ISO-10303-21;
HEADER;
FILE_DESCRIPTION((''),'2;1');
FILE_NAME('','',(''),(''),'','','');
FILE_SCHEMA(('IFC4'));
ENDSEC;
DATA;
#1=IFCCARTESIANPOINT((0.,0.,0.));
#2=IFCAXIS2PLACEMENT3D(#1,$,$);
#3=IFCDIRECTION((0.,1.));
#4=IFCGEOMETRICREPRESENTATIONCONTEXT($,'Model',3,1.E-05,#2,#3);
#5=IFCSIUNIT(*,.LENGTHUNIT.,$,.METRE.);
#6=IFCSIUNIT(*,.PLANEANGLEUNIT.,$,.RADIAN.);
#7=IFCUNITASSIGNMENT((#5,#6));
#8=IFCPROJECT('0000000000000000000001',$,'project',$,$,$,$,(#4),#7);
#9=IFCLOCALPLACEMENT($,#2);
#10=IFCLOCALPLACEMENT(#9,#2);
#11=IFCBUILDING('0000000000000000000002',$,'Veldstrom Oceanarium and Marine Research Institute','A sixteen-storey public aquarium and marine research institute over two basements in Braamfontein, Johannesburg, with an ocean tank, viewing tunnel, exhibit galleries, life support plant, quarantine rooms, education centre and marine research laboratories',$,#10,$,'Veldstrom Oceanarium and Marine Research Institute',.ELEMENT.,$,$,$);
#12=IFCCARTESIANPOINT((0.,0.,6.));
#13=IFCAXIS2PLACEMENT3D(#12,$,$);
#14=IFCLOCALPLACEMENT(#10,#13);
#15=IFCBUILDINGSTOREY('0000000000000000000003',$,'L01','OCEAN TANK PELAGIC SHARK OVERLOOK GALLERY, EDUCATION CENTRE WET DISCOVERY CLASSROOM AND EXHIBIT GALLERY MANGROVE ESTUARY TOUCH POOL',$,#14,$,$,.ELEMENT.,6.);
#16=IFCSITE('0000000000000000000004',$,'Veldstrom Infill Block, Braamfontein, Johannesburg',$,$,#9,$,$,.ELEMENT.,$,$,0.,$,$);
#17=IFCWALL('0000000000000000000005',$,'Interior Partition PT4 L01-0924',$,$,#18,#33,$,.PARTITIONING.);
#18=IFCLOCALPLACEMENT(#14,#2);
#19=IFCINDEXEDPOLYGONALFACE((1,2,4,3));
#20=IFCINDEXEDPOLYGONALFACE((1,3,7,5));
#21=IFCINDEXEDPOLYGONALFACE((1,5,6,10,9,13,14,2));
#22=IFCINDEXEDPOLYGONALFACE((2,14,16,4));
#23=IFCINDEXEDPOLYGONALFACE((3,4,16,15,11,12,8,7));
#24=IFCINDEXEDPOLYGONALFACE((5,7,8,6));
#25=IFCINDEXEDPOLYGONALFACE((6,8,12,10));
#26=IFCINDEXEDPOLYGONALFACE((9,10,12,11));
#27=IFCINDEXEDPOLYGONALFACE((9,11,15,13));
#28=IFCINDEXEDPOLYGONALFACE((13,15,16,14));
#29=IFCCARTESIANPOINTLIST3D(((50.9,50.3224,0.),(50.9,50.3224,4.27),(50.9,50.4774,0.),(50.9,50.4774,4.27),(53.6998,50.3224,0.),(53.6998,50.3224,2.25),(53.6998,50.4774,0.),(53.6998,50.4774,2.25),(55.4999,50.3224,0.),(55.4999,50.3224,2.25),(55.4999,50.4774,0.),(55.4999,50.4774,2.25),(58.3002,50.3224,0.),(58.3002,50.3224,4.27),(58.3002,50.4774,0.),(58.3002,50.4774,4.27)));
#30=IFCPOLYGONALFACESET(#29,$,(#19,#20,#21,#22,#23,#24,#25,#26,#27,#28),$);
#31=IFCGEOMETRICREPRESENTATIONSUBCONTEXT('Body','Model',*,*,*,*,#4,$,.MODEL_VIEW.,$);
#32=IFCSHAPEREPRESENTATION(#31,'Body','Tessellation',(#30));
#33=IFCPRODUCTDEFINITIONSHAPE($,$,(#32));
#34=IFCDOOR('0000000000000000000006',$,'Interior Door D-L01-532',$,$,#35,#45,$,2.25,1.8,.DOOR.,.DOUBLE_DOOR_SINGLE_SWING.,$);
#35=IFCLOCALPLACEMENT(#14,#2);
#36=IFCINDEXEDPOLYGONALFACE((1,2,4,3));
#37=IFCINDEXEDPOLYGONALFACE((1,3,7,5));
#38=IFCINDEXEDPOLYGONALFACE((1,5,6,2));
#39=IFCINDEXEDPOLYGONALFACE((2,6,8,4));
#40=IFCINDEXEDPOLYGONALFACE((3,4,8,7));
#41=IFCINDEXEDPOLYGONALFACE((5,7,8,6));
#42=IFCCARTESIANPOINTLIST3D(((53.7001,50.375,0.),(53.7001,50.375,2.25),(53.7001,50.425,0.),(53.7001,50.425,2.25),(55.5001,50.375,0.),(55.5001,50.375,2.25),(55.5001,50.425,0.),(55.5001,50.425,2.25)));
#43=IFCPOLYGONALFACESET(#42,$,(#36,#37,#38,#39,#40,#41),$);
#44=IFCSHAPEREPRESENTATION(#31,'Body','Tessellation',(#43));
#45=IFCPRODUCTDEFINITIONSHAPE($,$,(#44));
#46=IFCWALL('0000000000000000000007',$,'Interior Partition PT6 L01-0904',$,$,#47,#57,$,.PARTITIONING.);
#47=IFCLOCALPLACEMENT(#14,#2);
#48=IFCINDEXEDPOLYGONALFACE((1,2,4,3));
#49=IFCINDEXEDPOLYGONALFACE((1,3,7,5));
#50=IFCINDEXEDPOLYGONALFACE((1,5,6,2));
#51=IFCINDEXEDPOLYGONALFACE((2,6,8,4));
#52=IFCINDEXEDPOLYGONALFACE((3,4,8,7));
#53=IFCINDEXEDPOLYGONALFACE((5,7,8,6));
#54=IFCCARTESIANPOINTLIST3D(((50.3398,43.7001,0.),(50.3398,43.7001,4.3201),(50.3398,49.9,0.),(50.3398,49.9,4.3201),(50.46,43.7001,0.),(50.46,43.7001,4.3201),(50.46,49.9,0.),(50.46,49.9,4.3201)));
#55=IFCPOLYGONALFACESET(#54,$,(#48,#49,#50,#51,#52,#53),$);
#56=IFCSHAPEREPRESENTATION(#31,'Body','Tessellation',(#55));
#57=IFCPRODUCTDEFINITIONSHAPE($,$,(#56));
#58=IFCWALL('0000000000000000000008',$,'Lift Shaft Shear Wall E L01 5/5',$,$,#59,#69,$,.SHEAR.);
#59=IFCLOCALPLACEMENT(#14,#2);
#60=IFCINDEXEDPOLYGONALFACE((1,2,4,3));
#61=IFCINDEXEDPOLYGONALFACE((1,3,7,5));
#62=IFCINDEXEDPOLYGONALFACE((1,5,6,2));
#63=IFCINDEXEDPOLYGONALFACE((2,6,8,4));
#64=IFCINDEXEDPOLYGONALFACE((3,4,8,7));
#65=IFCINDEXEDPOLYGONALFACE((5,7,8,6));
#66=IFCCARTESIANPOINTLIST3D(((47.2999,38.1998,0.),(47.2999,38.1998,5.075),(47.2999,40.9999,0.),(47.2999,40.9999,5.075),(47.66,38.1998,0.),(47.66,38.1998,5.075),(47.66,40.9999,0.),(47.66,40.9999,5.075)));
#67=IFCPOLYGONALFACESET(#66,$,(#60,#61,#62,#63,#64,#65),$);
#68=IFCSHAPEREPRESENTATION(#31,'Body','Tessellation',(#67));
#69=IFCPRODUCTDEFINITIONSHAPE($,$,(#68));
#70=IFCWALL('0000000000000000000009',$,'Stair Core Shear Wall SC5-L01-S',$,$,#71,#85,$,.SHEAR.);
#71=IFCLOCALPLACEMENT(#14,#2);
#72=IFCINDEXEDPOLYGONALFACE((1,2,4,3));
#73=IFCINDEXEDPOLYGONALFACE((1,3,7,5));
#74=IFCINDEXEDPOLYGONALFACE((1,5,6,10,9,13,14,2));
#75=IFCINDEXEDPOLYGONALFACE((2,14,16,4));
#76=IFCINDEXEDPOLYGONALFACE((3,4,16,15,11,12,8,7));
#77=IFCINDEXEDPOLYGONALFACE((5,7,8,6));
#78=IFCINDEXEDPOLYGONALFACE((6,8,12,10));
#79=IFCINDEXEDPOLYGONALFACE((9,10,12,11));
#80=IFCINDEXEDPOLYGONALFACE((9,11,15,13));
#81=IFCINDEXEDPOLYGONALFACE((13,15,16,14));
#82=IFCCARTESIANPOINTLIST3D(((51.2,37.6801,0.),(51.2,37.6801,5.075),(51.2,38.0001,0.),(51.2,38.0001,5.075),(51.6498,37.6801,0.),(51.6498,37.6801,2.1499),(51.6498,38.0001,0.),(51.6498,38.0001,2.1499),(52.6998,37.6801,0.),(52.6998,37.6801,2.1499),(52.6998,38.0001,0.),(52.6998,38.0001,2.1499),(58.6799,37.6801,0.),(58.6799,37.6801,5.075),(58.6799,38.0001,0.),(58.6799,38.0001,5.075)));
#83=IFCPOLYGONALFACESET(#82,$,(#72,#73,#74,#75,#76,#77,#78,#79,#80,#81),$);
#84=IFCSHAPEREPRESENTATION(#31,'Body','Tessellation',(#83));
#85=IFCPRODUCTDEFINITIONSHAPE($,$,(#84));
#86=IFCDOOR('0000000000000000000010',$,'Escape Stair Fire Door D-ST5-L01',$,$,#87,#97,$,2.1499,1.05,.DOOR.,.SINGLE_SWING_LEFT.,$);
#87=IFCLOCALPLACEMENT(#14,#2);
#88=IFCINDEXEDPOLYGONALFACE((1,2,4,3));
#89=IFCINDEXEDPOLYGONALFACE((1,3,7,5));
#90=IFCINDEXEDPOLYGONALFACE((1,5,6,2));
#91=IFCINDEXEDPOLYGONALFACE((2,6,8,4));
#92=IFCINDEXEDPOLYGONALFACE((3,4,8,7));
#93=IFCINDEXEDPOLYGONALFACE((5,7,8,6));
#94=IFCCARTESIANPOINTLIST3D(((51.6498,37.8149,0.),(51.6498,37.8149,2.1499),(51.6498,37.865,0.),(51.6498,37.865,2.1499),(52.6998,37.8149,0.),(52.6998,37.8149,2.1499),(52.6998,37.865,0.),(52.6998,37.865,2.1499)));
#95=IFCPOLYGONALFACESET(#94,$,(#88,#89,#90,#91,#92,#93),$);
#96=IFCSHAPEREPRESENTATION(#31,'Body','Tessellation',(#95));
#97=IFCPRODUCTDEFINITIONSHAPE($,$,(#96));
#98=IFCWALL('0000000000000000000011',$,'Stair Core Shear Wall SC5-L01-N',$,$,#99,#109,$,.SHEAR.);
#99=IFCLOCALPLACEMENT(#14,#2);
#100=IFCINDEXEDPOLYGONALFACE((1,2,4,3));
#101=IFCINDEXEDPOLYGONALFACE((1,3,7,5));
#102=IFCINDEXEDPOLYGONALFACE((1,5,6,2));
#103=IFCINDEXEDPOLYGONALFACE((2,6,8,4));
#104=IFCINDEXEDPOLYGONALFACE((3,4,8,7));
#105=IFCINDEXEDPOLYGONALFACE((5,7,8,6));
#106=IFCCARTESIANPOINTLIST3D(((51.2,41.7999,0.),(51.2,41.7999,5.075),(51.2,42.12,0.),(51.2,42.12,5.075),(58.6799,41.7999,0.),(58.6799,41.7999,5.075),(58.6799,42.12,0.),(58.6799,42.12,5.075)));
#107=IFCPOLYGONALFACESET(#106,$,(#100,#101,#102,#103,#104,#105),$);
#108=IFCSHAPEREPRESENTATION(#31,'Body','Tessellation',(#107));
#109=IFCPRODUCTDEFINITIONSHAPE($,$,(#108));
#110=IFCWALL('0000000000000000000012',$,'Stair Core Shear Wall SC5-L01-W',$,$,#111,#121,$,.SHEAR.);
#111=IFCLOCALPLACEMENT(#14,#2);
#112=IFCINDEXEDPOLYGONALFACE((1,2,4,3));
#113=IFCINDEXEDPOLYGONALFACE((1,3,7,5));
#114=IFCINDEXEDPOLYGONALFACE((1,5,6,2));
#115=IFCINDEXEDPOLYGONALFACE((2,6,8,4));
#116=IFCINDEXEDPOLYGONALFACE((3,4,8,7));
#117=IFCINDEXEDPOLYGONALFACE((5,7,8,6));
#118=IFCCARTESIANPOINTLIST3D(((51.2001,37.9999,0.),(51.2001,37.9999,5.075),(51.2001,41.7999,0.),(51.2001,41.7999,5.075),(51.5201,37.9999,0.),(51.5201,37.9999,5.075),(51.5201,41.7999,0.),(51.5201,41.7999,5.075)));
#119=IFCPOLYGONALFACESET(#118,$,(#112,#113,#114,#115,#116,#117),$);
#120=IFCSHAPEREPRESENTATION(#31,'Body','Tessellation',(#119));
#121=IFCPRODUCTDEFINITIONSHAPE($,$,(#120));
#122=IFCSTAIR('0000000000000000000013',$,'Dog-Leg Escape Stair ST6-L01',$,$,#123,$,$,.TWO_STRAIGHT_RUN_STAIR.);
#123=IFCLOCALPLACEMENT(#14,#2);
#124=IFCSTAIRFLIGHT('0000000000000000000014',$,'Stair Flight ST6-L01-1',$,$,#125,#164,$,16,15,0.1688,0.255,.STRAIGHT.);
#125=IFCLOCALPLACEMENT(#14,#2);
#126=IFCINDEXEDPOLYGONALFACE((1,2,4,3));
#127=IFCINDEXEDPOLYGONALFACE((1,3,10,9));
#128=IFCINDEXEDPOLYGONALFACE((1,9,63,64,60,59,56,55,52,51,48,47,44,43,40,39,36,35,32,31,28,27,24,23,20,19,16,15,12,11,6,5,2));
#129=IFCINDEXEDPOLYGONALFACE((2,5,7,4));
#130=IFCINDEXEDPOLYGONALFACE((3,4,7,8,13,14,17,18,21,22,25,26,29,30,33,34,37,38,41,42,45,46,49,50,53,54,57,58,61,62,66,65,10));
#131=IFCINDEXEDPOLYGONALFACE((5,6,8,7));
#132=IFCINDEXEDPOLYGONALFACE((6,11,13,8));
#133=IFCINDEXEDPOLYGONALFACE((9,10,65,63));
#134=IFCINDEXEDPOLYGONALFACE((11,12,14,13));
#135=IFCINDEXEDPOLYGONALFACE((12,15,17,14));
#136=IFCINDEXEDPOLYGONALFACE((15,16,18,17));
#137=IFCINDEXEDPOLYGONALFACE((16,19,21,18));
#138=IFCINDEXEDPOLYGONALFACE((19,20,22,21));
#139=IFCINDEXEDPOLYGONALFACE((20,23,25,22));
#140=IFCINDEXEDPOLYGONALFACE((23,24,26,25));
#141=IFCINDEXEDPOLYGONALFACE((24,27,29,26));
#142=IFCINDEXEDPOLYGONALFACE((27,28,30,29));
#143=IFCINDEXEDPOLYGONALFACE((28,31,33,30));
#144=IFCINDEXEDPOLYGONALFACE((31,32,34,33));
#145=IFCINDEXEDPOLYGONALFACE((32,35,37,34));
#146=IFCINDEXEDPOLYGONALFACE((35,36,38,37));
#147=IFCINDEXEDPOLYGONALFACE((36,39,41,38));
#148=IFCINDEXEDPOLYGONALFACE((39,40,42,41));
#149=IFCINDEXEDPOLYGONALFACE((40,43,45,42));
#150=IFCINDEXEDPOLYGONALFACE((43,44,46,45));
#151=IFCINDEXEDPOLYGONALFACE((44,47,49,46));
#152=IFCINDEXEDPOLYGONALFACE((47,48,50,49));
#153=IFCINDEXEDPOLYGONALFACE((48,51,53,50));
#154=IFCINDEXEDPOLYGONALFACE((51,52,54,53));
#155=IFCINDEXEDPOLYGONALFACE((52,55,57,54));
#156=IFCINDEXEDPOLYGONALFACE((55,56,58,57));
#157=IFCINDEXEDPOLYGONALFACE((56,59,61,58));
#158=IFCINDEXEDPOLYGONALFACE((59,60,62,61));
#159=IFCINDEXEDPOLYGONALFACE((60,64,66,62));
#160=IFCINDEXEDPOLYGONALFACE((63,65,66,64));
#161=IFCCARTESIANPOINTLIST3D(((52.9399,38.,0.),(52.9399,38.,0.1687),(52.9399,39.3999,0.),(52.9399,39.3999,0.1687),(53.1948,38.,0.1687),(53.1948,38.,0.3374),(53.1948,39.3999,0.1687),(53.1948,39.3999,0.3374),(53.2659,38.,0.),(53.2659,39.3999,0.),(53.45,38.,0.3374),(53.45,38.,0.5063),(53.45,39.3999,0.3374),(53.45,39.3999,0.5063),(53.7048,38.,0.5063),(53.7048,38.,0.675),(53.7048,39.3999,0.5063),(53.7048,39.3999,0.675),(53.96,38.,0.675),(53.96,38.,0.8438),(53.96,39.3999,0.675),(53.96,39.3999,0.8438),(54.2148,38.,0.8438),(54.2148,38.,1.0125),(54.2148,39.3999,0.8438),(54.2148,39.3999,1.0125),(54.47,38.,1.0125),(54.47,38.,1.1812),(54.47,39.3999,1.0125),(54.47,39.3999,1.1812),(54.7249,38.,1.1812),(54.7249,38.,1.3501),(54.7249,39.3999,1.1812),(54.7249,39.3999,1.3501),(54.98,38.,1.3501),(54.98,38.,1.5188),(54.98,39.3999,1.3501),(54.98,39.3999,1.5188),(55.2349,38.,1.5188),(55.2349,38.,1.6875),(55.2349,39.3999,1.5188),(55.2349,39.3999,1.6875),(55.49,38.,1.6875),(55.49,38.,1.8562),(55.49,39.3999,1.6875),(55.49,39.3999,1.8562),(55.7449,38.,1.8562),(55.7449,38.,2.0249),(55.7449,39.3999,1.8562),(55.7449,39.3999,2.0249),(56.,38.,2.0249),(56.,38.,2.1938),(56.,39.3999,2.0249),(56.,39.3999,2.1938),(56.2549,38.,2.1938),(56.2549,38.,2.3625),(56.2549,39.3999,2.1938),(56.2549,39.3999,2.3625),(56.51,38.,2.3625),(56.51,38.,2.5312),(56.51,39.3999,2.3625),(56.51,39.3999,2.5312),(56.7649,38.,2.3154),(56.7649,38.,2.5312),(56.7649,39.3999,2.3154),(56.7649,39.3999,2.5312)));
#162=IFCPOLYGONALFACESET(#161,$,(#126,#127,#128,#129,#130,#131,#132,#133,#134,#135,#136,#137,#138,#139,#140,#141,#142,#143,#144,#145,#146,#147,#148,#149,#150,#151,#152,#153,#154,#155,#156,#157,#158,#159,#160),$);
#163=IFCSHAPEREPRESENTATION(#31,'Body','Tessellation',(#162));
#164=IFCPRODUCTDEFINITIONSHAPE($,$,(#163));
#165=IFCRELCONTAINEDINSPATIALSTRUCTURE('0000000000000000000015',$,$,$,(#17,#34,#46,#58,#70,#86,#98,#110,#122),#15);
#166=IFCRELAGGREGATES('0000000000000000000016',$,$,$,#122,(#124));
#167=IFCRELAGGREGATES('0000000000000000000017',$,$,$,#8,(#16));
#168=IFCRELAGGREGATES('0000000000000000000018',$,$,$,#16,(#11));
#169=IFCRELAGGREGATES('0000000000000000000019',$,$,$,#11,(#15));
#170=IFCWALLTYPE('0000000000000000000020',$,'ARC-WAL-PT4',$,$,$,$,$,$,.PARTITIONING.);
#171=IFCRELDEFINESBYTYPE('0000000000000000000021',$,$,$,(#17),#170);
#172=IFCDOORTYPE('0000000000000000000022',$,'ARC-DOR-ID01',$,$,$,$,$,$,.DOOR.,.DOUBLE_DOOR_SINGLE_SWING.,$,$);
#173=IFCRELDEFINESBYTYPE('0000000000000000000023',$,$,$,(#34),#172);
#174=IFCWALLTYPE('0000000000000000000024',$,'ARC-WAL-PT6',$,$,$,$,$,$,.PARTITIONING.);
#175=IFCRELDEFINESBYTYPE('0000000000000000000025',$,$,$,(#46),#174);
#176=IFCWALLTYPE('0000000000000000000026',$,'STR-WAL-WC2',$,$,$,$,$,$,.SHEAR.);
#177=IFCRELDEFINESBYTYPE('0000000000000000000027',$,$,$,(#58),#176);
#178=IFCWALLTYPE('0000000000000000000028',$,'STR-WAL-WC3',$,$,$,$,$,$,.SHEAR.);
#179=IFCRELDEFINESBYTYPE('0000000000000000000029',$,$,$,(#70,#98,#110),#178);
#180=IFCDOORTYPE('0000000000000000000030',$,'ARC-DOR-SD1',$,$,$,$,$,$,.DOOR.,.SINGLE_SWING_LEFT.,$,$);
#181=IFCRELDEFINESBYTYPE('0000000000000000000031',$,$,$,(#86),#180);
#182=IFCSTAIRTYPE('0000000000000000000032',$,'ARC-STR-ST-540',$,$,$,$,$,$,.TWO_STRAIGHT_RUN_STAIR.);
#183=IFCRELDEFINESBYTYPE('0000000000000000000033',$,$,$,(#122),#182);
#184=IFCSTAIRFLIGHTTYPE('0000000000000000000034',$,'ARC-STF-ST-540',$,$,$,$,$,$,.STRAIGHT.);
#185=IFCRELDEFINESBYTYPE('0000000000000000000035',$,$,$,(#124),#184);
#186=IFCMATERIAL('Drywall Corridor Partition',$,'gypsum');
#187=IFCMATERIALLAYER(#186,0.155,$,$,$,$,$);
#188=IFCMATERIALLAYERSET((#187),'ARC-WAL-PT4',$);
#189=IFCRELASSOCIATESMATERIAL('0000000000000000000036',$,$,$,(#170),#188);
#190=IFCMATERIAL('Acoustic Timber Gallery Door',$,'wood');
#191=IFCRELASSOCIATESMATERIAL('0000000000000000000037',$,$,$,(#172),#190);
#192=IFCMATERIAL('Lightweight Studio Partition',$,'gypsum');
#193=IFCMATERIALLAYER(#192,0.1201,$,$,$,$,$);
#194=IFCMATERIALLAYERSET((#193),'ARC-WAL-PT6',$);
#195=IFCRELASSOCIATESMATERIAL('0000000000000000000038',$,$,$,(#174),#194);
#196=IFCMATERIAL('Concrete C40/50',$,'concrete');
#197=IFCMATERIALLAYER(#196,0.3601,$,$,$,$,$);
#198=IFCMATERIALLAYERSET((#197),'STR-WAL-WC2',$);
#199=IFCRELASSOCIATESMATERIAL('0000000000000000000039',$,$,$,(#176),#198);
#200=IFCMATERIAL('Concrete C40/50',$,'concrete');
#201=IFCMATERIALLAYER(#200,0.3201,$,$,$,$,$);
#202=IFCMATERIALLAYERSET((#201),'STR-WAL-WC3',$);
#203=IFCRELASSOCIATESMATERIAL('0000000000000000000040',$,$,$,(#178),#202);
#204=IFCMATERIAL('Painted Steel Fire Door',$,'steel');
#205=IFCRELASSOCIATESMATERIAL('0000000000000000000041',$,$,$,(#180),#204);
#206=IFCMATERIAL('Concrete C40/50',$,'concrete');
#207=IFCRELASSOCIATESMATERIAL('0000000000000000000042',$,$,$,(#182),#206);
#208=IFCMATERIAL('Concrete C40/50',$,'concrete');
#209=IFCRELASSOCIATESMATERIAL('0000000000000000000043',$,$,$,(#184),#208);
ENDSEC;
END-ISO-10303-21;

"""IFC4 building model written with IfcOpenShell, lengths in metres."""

from ifc_helpers import new_model, si_unit, direction, frame, frame_2d, origin, place, context, subcontext, project, spatial, polyline, rectangle, outline, extrude, material, layer, layer_set, type_object, element, fill, aggregate, save


model = new_model("IFC4")

# Units and contexts
model_context = context("Model", 3, precision=1e-05, world=origin(), true_north=direction((0.0, 1.0)))
body_context = subcontext(model_context, "Body", "Model", "MODEL_VIEW")
ifc_project = project(units=[si_unit("LENGTHUNIT", "METRE"), si_unit("PLANEANGLEUNIT", "RADIAN")], contexts=[model_context])

# Site, building, storey
site_placement = place(None, origin())
site = spatial("IfcSite", under=ifc_project, at=site_placement, Name="Veldstrom Infill Block, Braamfontein, Johannesburg", CompositionType="ELEMENT", RefElevation=0.0)
building_placement = place(site_placement, origin())
building = spatial("IfcBuilding", under=site, at=building_placement, Name="Veldstrom Oceanarium and Marine Research Institute", Description="A sixteen-storey public aquarium and marine research institute over two basements in Braamfontein, Johannesburg, with an ocean tank, viewing tunnel, exhibit galleries, life support plant, quarantine rooms, education centre and marine research laboratories", LongName="Veldstrom Oceanarium and Marine Research Institute", CompositionType="ELEMENT")
storey_placement = place(building_placement, frame((0.0, 0.0, 6.0)))
storey = spatial("IfcBuildingStorey", under=building, at=storey_placement, Name="L01", Description="OCEAN TANK PELAGIC SHARK OVERLOOK GALLERY, EDUCATION CENTRE WET DISCOVERY CLASSROOM AND EXHIBIT GALLERY MANGROVE ESTUARY TOUCH POOL", CompositionType="ELEMENT", Elevation=6.0)

# Wall, opening, door
ifc_material_1 = material(Name="Drywall Corridor Partition", Category="gypsum")
ifc_layer_1 = layer(ifc_material_1, 0.155)
ifc_layer_set_1 = layer_set([ifc_layer_1], Name="ARC-WAL-PT4")
wall_type_1 = type_object("IfcWallType", Name="ARC-WAL-PT4", PredefinedType="PARTITIONING", material=ifc_layer_set_1)
wall_1_placement = place(storey_placement, frame((50.8999, 50.3999, 0.0), z_axis=(0.0, 0.0, 1.0), x_axis=(1.0, 0.0, 0.0)))
wall_1 = element("IfcWall", 1, at=wall_1_placement, inside=storey, type_object=wall_type_1, Name="Interior Partition PT4 L01-0924", PredefinedType="PARTITIONING", context=body_context, shape_type="SweptSolid", body=[
    extrude(rectangle(XDim=7.4001, YDim=0.155, at=frame_2d((3.7002, 0.0))), origin(), (0.0, 0.0, 1.0), 4.27),
])
opening_1_placement = place(wall_1_placement, frame((2.8, 0.0, 0.0)))
opening_1 = element("IfcOpeningElement", 2, at=opening_1_placement, cuts=wall_1, PredefinedType="OPENING", context=body_context, shape_type="SweptSolid", body=[
    extrude(rectangle(XDim=1.8, YDim=2.25, at=frame_2d((0.8999, 1.125))), frame((0.0, 0.0874, 0.0), z_axis=(0.0, -1.0, 0.0), x_axis=(1.0, 0.0, 0.0)), (0.0, 0.0, 1.0), 0.175),
])
ifc_material_2 = material(Name="Acoustic Timber Gallery Door", Category="wood")
door_type_1 = type_object("IfcDoorType", Name="ARC-DOR-ID01", OperationType="DOUBLE_DOOR_SINGLE_SWING", PredefinedType="DOOR", material=ifc_material_2)
door_1_placement = place(opening_1_placement, frame((1.8, 0.0, 0.0), z_axis=(0.0, 0.0, 1.0), x_axis=(-1.0, 0.0, 0.0)))
door_1 = element("IfcDoor", 3, at=door_1_placement, inside=storey, type_object=door_type_1, Name="Interior Door D-L01-532", OperationType="DOUBLE_DOOR_SINGLE_SWING", OverallHeight=2.25, OverallWidth=1.8, PredefinedType="DOOR", context=body_context, shape_type="SweptSolid", body=[
    extrude(rectangle(XDim=1.8, YDim=2.25, at=frame_2d((0.8999, 1.125))), frame((0.0, 0.0249, 0.0), z_axis=(0.0, -1.0, 0.0), x_axis=(1.0, 0.0, 0.0)), (0.0, 0.0, 1.0), 0.05),
])
fill(opening_1, door_1)

# Walls
ifc_material_3 = material(Name="Lightweight Studio Partition", Category="gypsum")
ifc_layer_2 = layer(ifc_material_3, 0.1201)
ifc_layer_set_2 = layer_set([ifc_layer_2], Name="ARC-WAL-PT6")
wall_type_2 = type_object("IfcWallType", Name="ARC-WAL-PT6", PredefinedType="PARTITIONING", material=ifc_layer_set_2)
wall_2_placement = place(storey_placement, frame((50.3999, 43.7, 0.0), z_axis=(0.0, 0.0, 1.0), x_axis=(0.0, 1.0, 0.0)))
element("IfcWall", 4, at=wall_2_placement, inside=storey, type_object=wall_type_2, Name="Interior Partition PT6 L01-0904", PredefinedType="PARTITIONING", context=body_context, shape_type="SweptSolid", body=[
    extrude(rectangle(XDim=6.2, YDim=0.1201, at=frame_2d((3.1001, 0.0))), origin(), (0.0, 0.0, 1.0), 4.3201),
])
ifc_material_4 = material(Name="Concrete C40/50", Category="concrete")
ifc_layer_3 = layer(ifc_material_4, 0.3601)
ifc_layer_set_3 = layer_set([ifc_layer_3], Name="STR-WAL-WC2")
wall_type_3 = type_object("IfcWallType", Name="STR-WAL-WC2", PredefinedType="SHEAR", material=ifc_layer_set_3)
wall_3_placement = place(storey_placement, frame((47.48, 38.2, 0.0), z_axis=(0.0, 0.0, 1.0), x_axis=(0.0, 1.0, 0.0)))
element("IfcWall", 5, at=wall_3_placement, inside=storey, type_object=wall_type_3, Name="Lift Shaft Shear Wall E L01 5/5", PredefinedType="SHEAR", context=body_context, shape_type="SweptSolid", body=[
    extrude(rectangle(XDim=2.8, YDim=0.3601, at=frame_2d((1.3999, 0.0))), origin(), (0.0, 0.0, 1.0), 5.075),
])

# Wall, opening, door
ifc_material_5 = material(Name="Concrete C40/50", Category="concrete")
ifc_layer_4 = layer(ifc_material_5, 0.3201)
ifc_layer_set_4 = layer_set([ifc_layer_4], Name="STR-WAL-WC3")
wall_type_4 = type_object("IfcWallType", Name="STR-WAL-WC3", PredefinedType="SHEAR", material=ifc_layer_set_4)
wall_4_placement = place(storey_placement, frame((51.2, 37.8401, 0.0), z_axis=(0.0, 0.0, 1.0), x_axis=(1.0, 0.0, 0.0)))
wall_4 = element("IfcWall", 6, at=wall_4_placement, inside=storey, type_object=wall_type_4, Name="Stair Core Shear Wall SC5-L01-S", PredefinedType="SHEAR", context=body_context, shape_type="SweptSolid", body=[
    extrude(rectangle(XDim=7.48, YDim=0.3201, at=frame_2d((3.74, 0.0))), origin(), (0.0, 0.0, 1.0), 5.075),
])
opening_2_placement = place(wall_4_placement, frame((0.45, 0.0, 0.0)))
opening_2 = element("IfcOpeningElement", 7, at=opening_2_placement, cuts=wall_4, PredefinedType="OPENING", context=body_context, shape_type="SweptSolid", body=[
    extrude(rectangle(XDim=1.05, YDim=2.1499, at=frame_2d((0.5249, 1.075))), frame((0.0, 0.1699, 0.0), z_axis=(0.0, -1.0, 0.0), x_axis=(1.0, 0.0, 0.0)), (0.0, 0.0, 1.0), 0.3401),
])
ifc_material_6 = material(Name="Painted Steel Fire Door", Category="steel")
door_type_2 = type_object("IfcDoorType", Name="ARC-DOR-SD1", OperationType="SINGLE_SWING_LEFT", PredefinedType="DOOR", material=ifc_material_6)
door_2_placement = place(opening_2_placement, origin())
door_2 = element("IfcDoor", 8, at=door_2_placement, inside=storey, type_object=door_type_2, Name="Escape Stair Fire Door D-ST5-L01", OperationType="SINGLE_SWING_LEFT", OverallHeight=2.1499, OverallWidth=1.05, PredefinedType="DOOR", context=body_context, shape_type="SweptSolid", body=[
    extrude(rectangle(XDim=1.05, YDim=2.1499, at=frame_2d((0.5249, 1.075))), frame((0.0, 0.0249, 0.0), z_axis=(0.0, -1.0, 0.0), x_axis=(1.0, 0.0, 0.0)), (0.0, 0.0, 1.0), 0.05),
])
fill(opening_2, door_2)

# Walls
wall_5_placement = place(storey_placement, frame((51.2, 41.96, 0.0), z_axis=(0.0, 0.0, 1.0), x_axis=(1.0, 0.0, 0.0)))
element("IfcWall", 9, at=wall_5_placement, inside=storey, type_object=wall_type_4, Name="Stair Core Shear Wall SC5-L01-N", PredefinedType="SHEAR", context=body_context, shape_type="SweptSolid", body=[
    extrude(rectangle(XDim=7.48, YDim=0.3201, at=frame_2d((3.74, 0.0))), origin(), (0.0, 0.0, 1.0), 5.075),
])
wall_6_placement = place(storey_placement, frame((51.3601, 38.0, 0.0), z_axis=(0.0, 0.0, 1.0), x_axis=(0.0, 1.0, 0.0)))
element("IfcWall", 10, at=wall_6_placement, inside=storey, type_object=wall_type_4, Name="Stair Core Shear Wall SC5-L01-W", PredefinedType="SHEAR", context=body_context, shape_type="SweptSolid", body=[
    extrude(rectangle(XDim=3.8, YDim=0.3201, at=frame_2d((1.8999, 0.0))), origin(), (0.0, 0.0, 1.0), 5.075),
])

# Stair, stair flight
ifc_material_7 = material(Name="Concrete C40/50", Category="concrete")
stair_type = type_object("IfcStairType", Name="ARC-STR-ST-540", PredefinedType="TWO_STRAIGHT_RUN_STAIR", material=ifc_material_7)
stair_placement = place(storey_placement, origin())
stair = element("IfcStair", 11, at=stair_placement, inside=storey, type_object=stair_type, Name="Dog-Leg Escape Stair ST6-L01", PredefinedType="TWO_STRAIGHT_RUN_STAIR")
ifc_material_8 = material(Name="Concrete C40/50", Category="concrete")
stair_flight_type = type_object("IfcStairFlightType", Name="ARC-STF-ST-540", PredefinedType="STRAIGHT", material=ifc_material_8)
stair_flight_placement = place(storey_placement, frame((52.9399, 38.7, 0.0), z_axis=(0.0, 0.0, 1.0), x_axis=(1.0, 0.0, 0.0)))
stair_flight = element("IfcStairFlight", 12, at=stair_flight_placement, type_object=stair_flight_type, Name="Stair Flight ST6-L01-1", NumberOfRisers=16, NumberOfTreads=15, PredefinedType="STRAIGHT", RiserHeight=0.1688, TreadLength=0.255, context=body_context, shape_type="SweptSolid", body=[
    extrude(outline(polyline([(0.0, 0.0), (0.0, 0.1687), (0.2549, 0.1687), (0.2549, 0.3374), (0.51, 0.3374), (0.51, 0.5063), (0.7649, 0.5063), (0.7649, 0.675), (1.02, 0.675), (1.02, 0.8438), (1.2749, 0.8438), (1.2749, 1.0125), (1.53, 1.0125), (1.53, 1.1812), (1.7849, 1.1812), (1.7849, 1.3501), (2.04, 1.3501), (2.04, 1.5188), (2.2949, 1.5188), (2.2949, 1.6875), (2.55, 1.6875), (2.55, 1.8562), (2.8049, 1.8562), (2.8049, 2.0249), (3.0601, 2.0249), (3.0601, 2.1938), (3.3149, 2.1938), (3.3149, 2.3625), (3.5701, 2.3625), (3.5701, 2.5312), (3.825, 2.5312), (3.825, 2.7), (3.825, 2.3154), (0.3259, 0.0), (0.0, 0.0)])), frame((0.0, 0.7, 0.0), z_axis=(0.0, -1.0, 0.0), x_axis=(1.0, 0.0, 0.0)), (0.0, 0.0, 1.0), 1.3999),
])
aggregate(stair, [stair_flight])

save(model, "model.ifc")
